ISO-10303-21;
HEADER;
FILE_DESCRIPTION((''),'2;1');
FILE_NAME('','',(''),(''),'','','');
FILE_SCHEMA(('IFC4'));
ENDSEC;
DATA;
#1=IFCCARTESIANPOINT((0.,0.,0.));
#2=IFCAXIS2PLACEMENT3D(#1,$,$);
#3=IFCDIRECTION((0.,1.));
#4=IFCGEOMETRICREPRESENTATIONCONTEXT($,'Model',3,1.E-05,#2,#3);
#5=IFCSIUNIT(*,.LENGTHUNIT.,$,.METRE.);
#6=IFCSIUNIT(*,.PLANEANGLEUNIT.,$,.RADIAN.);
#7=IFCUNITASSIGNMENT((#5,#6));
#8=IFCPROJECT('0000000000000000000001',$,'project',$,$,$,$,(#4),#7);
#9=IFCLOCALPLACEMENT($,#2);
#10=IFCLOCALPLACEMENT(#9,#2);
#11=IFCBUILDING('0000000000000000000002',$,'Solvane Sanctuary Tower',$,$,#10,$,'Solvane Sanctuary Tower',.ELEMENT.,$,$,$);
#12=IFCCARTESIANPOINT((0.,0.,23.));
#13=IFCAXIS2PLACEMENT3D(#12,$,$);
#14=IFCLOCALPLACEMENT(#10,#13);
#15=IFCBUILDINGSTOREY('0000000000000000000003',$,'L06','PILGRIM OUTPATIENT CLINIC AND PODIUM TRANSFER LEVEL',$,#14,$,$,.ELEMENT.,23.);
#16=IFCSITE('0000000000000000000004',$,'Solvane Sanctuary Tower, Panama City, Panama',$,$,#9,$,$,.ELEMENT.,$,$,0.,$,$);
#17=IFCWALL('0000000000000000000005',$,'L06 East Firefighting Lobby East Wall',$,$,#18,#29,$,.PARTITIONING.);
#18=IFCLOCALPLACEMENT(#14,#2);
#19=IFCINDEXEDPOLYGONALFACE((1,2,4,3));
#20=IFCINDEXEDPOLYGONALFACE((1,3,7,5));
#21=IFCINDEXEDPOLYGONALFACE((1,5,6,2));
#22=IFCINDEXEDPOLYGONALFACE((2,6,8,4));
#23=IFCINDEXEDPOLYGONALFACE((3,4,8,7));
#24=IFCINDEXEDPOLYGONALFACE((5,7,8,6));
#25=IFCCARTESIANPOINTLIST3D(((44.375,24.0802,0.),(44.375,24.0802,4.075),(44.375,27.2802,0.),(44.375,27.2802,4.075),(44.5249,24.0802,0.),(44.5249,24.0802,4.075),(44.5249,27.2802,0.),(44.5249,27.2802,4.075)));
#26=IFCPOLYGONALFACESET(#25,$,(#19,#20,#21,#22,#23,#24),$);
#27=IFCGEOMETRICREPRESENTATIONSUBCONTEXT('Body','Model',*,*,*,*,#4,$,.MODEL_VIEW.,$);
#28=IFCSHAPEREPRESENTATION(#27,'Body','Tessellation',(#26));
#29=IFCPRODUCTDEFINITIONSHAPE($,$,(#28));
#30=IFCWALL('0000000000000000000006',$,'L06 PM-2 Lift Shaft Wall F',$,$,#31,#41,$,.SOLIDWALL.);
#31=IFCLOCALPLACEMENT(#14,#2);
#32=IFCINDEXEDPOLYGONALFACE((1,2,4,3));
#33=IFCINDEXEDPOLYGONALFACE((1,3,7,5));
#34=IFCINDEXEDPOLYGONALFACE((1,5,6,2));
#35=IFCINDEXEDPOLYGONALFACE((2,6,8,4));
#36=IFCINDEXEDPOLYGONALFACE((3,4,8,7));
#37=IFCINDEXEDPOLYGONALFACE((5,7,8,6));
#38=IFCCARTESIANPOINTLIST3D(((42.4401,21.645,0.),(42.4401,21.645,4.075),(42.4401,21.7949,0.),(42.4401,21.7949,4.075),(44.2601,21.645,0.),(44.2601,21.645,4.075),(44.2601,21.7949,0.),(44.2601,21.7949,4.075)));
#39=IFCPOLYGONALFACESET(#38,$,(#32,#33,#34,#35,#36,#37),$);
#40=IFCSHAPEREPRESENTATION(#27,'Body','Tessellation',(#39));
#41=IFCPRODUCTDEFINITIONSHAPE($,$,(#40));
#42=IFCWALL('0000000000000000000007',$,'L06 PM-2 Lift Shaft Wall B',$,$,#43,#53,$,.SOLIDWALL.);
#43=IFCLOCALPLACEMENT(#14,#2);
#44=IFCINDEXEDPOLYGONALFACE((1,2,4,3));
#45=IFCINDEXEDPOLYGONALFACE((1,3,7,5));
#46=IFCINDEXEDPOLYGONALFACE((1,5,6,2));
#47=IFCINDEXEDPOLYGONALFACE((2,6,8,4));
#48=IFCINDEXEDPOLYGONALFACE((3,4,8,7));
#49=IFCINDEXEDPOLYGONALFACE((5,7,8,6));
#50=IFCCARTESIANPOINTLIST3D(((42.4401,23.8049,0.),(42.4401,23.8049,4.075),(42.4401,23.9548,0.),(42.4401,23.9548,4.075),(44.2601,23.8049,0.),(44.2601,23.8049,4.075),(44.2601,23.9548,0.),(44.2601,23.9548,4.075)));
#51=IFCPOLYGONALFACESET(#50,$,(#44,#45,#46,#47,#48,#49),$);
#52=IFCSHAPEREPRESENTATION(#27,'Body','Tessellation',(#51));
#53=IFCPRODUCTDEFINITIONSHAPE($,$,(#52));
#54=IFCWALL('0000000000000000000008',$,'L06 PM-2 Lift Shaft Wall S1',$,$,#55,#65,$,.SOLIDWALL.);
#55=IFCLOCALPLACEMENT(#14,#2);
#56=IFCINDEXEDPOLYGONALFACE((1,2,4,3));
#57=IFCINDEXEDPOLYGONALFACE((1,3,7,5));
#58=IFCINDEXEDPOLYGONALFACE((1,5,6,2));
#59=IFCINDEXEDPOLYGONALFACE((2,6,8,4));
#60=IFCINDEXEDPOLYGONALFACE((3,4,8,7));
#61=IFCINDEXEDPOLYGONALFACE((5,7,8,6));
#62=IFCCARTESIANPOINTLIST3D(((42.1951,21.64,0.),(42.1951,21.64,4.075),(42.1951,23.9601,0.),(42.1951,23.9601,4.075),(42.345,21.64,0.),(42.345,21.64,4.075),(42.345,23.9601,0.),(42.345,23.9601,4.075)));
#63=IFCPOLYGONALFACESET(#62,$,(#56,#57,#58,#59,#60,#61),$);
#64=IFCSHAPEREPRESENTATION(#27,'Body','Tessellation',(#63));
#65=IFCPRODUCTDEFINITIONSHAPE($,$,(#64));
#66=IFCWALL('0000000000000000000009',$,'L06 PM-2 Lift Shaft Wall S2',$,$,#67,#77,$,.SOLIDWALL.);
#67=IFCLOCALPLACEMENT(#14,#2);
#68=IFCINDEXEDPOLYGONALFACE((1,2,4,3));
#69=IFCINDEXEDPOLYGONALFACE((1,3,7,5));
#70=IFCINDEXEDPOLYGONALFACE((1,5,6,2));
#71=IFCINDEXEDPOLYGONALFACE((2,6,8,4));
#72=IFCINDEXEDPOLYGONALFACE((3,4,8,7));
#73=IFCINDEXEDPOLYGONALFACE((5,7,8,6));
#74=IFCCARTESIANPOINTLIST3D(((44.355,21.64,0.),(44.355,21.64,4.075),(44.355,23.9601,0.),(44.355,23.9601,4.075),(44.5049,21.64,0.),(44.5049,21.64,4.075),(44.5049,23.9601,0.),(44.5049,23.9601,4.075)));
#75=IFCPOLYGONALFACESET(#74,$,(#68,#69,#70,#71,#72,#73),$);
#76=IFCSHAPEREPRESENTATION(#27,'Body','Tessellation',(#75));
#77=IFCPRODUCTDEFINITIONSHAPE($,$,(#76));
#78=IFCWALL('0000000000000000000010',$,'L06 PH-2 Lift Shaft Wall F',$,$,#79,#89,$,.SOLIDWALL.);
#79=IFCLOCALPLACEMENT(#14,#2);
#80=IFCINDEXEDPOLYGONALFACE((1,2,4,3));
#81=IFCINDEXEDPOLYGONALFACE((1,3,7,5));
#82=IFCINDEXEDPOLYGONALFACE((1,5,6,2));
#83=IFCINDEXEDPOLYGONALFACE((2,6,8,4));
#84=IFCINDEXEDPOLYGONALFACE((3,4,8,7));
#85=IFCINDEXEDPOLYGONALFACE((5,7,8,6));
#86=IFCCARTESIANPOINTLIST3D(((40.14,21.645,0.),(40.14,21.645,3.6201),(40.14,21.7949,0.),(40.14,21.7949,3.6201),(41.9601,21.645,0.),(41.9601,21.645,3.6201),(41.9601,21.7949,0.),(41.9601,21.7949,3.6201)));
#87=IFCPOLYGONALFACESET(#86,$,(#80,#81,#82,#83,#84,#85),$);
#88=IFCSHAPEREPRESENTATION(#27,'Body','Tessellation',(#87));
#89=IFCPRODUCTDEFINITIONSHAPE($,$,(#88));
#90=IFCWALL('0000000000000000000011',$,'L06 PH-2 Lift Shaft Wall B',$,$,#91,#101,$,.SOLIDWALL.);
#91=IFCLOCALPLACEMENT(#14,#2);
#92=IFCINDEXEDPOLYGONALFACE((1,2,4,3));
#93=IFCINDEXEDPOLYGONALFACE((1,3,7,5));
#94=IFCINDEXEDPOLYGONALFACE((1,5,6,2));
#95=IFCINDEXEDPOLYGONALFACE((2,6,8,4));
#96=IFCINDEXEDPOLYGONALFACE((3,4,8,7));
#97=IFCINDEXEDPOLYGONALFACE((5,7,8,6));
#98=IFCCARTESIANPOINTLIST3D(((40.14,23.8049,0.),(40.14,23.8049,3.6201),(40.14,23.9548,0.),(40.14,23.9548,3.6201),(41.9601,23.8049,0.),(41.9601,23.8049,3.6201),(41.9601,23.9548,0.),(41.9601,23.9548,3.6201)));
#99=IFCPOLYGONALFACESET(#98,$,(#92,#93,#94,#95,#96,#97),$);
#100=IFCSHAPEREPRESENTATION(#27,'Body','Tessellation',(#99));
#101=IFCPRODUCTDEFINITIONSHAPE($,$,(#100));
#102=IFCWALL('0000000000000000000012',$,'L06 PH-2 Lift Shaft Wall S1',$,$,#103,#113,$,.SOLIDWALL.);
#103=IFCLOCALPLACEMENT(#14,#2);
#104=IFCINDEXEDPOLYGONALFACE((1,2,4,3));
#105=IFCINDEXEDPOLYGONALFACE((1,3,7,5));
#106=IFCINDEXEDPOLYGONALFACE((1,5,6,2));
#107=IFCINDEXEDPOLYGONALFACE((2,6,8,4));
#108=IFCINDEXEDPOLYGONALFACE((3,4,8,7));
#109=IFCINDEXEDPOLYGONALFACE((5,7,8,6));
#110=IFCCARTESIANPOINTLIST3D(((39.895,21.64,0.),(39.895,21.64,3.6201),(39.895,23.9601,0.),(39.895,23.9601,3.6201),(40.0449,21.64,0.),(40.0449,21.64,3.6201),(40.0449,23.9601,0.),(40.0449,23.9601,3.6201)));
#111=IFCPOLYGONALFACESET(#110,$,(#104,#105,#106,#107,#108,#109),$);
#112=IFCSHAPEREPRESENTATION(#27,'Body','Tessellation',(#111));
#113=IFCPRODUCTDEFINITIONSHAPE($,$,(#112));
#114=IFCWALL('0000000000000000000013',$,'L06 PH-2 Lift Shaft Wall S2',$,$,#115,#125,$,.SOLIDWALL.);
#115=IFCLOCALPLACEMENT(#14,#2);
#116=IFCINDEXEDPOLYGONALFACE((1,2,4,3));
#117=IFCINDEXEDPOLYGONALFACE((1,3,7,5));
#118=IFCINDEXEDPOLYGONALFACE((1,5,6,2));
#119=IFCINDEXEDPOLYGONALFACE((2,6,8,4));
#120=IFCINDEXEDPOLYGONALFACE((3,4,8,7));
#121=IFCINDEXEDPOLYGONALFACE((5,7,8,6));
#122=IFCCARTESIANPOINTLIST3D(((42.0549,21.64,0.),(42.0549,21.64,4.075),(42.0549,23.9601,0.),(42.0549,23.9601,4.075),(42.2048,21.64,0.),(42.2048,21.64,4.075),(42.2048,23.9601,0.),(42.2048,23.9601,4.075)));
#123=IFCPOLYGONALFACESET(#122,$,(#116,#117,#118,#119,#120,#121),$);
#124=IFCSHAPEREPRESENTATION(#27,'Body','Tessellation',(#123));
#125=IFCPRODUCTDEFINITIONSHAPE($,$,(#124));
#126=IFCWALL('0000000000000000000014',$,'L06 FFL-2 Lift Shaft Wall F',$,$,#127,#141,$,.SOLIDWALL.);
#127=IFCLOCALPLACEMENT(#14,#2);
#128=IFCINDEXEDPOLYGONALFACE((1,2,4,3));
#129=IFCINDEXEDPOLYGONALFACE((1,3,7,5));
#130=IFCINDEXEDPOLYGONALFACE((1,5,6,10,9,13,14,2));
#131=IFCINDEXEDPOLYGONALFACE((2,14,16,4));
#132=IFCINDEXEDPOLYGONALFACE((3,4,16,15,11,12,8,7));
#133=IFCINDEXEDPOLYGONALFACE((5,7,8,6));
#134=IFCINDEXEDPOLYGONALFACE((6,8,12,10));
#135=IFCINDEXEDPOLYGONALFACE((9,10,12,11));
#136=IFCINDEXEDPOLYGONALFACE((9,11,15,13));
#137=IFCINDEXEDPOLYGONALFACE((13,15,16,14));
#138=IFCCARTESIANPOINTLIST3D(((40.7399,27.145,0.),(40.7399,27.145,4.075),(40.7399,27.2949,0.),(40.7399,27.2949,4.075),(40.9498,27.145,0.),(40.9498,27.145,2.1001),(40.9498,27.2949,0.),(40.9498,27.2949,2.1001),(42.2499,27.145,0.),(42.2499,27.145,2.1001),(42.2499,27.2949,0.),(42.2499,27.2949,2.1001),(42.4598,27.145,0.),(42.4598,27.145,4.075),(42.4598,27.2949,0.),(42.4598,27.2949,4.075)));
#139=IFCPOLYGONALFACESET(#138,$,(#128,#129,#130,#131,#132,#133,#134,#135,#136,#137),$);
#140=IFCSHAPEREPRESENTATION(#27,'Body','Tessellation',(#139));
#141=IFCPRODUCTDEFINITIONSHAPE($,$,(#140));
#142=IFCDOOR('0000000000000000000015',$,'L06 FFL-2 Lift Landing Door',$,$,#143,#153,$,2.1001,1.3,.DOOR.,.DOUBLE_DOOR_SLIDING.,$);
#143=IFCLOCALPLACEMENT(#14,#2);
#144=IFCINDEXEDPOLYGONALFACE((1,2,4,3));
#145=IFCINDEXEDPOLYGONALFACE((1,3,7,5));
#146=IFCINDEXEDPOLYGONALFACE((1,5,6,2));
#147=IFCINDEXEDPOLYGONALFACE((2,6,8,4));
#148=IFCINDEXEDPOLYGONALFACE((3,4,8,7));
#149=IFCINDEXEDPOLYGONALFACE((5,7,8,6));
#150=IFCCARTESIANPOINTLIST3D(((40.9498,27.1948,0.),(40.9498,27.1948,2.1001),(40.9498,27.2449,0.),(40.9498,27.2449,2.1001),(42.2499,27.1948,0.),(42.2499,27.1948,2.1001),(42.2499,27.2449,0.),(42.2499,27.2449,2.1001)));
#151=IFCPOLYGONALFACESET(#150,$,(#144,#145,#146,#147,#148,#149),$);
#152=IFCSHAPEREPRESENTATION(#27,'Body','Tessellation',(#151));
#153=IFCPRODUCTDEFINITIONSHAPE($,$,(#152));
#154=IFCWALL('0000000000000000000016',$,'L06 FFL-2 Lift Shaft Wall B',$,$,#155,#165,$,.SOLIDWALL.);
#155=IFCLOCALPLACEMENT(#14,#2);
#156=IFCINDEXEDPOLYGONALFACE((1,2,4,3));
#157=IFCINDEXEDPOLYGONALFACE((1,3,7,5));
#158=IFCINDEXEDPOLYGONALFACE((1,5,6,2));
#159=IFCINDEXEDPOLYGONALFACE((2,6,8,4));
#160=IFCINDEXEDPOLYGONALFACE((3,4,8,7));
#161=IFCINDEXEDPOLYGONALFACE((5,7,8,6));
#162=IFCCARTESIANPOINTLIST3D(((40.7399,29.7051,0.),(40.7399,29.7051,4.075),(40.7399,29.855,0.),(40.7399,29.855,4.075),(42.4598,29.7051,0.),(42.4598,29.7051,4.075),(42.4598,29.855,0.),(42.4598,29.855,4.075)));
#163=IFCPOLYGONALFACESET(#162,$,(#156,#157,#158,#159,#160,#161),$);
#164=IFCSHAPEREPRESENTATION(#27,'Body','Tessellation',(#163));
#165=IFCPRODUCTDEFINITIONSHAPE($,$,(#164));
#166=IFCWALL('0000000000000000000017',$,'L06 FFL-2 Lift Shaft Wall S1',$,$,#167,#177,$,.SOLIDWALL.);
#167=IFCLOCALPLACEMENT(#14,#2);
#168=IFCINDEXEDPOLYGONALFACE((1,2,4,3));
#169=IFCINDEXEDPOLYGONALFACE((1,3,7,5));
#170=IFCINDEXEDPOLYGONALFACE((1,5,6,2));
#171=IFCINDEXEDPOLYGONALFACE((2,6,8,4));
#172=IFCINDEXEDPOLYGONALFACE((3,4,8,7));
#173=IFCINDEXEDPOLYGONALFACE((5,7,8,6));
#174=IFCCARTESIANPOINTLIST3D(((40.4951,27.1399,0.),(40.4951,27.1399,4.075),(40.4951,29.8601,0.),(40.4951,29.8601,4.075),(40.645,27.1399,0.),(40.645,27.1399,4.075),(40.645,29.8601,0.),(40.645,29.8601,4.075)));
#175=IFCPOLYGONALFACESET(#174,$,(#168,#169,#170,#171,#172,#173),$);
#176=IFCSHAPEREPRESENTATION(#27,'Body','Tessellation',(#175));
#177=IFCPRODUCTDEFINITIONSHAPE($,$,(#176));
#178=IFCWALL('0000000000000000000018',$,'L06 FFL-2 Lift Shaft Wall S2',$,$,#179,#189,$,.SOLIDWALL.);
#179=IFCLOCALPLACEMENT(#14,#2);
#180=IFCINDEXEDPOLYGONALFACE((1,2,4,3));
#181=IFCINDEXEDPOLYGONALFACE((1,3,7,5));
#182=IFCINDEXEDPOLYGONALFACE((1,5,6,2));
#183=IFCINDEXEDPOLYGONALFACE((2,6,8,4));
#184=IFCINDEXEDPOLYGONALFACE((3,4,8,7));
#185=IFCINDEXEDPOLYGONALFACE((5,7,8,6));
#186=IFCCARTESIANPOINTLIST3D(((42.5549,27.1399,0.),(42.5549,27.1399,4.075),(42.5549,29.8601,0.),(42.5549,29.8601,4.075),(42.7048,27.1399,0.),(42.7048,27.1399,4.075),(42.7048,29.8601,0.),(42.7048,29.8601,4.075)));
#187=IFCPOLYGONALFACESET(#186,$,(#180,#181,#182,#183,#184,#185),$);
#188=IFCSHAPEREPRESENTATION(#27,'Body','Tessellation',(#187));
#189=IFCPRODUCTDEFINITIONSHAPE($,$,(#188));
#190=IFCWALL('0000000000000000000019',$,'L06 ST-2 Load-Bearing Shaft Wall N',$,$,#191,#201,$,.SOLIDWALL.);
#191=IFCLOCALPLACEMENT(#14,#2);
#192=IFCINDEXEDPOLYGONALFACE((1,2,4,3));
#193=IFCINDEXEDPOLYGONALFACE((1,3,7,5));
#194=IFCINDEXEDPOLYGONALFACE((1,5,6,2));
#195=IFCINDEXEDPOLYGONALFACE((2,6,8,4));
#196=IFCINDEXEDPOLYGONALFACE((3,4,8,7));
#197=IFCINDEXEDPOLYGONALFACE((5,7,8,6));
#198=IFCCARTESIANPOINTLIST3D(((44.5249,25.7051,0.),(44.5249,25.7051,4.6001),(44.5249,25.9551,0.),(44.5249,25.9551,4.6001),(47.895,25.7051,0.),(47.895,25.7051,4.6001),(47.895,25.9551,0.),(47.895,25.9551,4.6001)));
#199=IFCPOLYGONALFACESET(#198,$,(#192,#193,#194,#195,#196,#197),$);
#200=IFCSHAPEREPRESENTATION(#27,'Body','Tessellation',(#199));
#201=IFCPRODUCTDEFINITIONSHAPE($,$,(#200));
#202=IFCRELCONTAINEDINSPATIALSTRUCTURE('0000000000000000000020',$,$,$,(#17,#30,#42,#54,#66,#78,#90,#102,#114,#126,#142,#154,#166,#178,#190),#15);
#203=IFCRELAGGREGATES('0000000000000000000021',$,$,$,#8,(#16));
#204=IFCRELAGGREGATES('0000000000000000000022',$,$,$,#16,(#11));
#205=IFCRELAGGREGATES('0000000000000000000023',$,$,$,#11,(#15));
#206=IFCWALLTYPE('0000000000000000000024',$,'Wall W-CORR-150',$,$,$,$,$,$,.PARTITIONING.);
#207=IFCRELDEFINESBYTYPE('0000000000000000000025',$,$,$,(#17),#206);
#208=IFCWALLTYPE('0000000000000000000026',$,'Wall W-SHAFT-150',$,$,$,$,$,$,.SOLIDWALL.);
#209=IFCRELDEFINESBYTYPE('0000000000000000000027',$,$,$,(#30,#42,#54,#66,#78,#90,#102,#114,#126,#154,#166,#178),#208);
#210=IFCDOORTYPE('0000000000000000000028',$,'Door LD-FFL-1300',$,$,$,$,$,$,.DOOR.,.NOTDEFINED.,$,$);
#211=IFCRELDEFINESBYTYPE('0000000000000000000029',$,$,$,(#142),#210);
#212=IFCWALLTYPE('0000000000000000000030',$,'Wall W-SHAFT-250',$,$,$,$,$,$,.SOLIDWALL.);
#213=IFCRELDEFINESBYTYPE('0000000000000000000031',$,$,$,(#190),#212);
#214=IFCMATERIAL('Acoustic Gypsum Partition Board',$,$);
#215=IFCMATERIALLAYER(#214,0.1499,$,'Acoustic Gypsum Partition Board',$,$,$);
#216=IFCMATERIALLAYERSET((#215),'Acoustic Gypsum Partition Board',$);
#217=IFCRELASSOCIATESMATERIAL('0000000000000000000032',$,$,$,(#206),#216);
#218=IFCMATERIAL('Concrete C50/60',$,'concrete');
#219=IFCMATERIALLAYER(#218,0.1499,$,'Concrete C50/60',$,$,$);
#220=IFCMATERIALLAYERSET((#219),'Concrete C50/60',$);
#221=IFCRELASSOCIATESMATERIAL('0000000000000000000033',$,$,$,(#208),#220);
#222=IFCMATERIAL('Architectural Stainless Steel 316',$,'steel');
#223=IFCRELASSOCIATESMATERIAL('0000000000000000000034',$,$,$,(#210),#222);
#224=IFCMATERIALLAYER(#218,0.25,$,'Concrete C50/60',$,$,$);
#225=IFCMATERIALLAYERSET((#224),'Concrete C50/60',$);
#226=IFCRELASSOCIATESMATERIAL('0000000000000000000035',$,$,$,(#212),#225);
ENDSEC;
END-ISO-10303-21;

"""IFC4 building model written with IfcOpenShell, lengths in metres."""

from ifc_helpers import new_model, si_unit, direction, frame, frame_2d, origin, place, context, subcontext, project, spatial, rectangle, extrude, material, layer, layer_set, type_object, element, fill, save


model = new_model("IFC4")

# Units and contexts
model_context = context("Model", 3, precision=1e-05, world=origin(), true_north=direction((0.0, 1.0)))
body_context = subcontext(model_context, "Body", "Model", "MODEL_VIEW")
ifc_project = project(units=[si_unit("LENGTHUNIT", "METRE"), si_unit("PLANEANGLEUNIT", "RADIAN")], contexts=[model_context])

# Site, building, storey
site_placement = place(None, origin())
site = spatial("IfcSite", under=ifc_project, at=site_placement, Name="Solvane Sanctuary Tower, Panama City, Panama", CompositionType="ELEMENT", RefElevation=0.0)
building_placement = place(site_placement, origin())
building = spatial("IfcBuilding", under=site, at=building_placement, Name="Solvane Sanctuary Tower", LongName="Solvane Sanctuary Tower", CompositionType="ELEMENT")
storey_placement = place(building_placement, frame((0.0, 0.0, 23.0)))
storey = spatial("IfcBuildingStorey", under=building, at=storey_placement, Name="L06", Description="PILGRIM OUTPATIENT CLINIC AND PODIUM TRANSFER LEVEL", CompositionType="ELEMENT", Elevation=23.0)

# Walls
ifc_material_1 = material(Name="Acoustic Gypsum Partition Board")
ifc_layer_1 = layer(ifc_material_1, 0.1499, Name="Acoustic Gypsum Partition Board")
ifc_layer_set_1 = layer_set([ifc_layer_1], Name="Acoustic Gypsum Partition Board")
wall_type_1 = type_object("IfcWallType", Name="Wall W-CORR-150", PredefinedType="PARTITIONING", material=ifc_layer_set_1)
wall_1_placement = place(storey_placement, frame((44.45, 24.0801, 0.0), z_axis=(0.0, 0.0, 1.0), x_axis=(0.0, 1.0, 0.0)))
element("IfcWall", 1, at=wall_1_placement, inside=storey, type_object=wall_type_1, Name="L06 East Firefighting Lobby East Wall", PredefinedType="PARTITIONING", context=body_context, shape_type="SweptSolid", body=[
    extrude(rectangle(XDim=3.2, YDim=0.1499, at=frame_2d((1.6001, 0.0))), origin(), (0.0, 0.0, 1.0), 4.075),
])
ifc_material_2 = material(Name="Concrete C50/60", Category="concrete")
ifc_layer_2 = layer(ifc_material_2, 0.1499, Name="Concrete C50/60")
ifc_layer_set_2 = layer_set([ifc_layer_2], Name="Concrete C50/60")
wall_type_2 = type_object("IfcWallType", Name="Wall W-SHAFT-150", PredefinedType="SOLIDWALL", material=ifc_layer_set_2)
for number, where, z_axis, x_axis, name in (
    (2, (42.4399, 21.72, 0.0), (0.0, 0.0, 1.0), (1.0, 0.0, 0.0), "L06 PM-2 Lift Shaft Wall F"),
    (3, (42.4399, 23.8799, 0.0), (0.0, 0.0, 1.0), (1.0, 0.0, 0.0), "L06 PM-2 Lift Shaft Wall B"),
):
    element("IfcWall", number, at=place(storey_placement, frame(where, z_axis=z_axis, x_axis=x_axis)), inside=storey, type_object=wall_type_2, Name=name, PredefinedType="SOLIDWALL", context=body_context, shape_type="SweptSolid", body=[
        extrude(rectangle(XDim=1.8201, YDim=0.1499, at=frame_2d((0.9102, 0.0))), origin(), (0.0, 0.0, 1.0), 4.075),
    ])
for number, where, z_axis, x_axis, name in (
    (4, (42.27, 21.6399, 0.0), (0.0, 0.0, 1.0), (0.0, 1.0, 0.0), "L06 PM-2 Lift Shaft Wall S1"),
    (5, (44.4299, 21.6399, 0.0), (0.0, 0.0, 1.0), (0.0, 1.0, 0.0), "L06 PM-2 Lift Shaft Wall S2"),
):
    element("IfcWall", number, at=place(storey_placement, frame(where, z_axis=z_axis, x_axis=x_axis)), inside=storey, type_object=wall_type_2, Name=name, PredefinedType="SOLIDWALL", context=body_context, shape_type="SweptSolid", body=[
        extrude(rectangle(XDim=2.3201, YDim=0.1499, at=frame_2d((1.1602, 0.0))), origin(), (0.0, 0.0, 1.0), 4.075),
    ])
for number, where, z_axis, x_axis, name in (
    (6, (40.1399, 21.72, 0.0), (0.0, 0.0, 1.0), (1.0, 0.0, 0.0), "L06 PH-2 Lift Shaft Wall F"),
    (7, (40.1399, 23.8799, 0.0), (0.0, 0.0, 1.0), (1.0, 0.0, 0.0), "L06 PH-2 Lift Shaft Wall B"),
):
    element("IfcWall", number, at=place(storey_placement, frame(where, z_axis=z_axis, x_axis=x_axis)), inside=storey, type_object=wall_type_2, Name=name, PredefinedType="SOLIDWALL", context=body_context, shape_type="SweptSolid", body=[
        extrude(rectangle(XDim=1.8201, YDim=0.1499, at=frame_2d((0.9102, 0.0))), origin(), (0.0, 0.0, 1.0), 3.6201),
    ])
wall_2_placement = place(storey_placement, frame((39.97, 21.6399, 0.0), z_axis=(0.0, 0.0, 1.0), x_axis=(0.0, 1.0, 0.0)))
element("IfcWall", 8, at=wall_2_placement, inside=storey, type_object=wall_type_2, Name="L06 PH-2 Lift Shaft Wall S1", PredefinedType="SOLIDWALL", context=body_context, shape_type="SweptSolid", body=[
    extrude(rectangle(XDim=2.3201, YDim=0.1499, at=frame_2d((1.1602, 0.0))), origin(), (0.0, 0.0, 1.0), 3.6201),
])
wall_3_placement = place(storey_placement, frame((42.1299, 21.6399, 0.0), z_axis=(0.0, 0.0, 1.0), x_axis=(0.0, 1.0, 0.0)))
element("IfcWall", 9, at=wall_3_placement, inside=storey, type_object=wall_type_2, Name="L06 PH-2 Lift Shaft Wall S2", PredefinedType="SOLIDWALL", context=body_context, shape_type="SweptSolid", body=[
    extrude(rectangle(XDim=2.3201, YDim=0.1499, at=frame_2d((1.1602, 0.0))), origin(), (0.0, 0.0, 1.0), 4.075),
])

# Wall, opening, door
wall_4_placement = place(storey_placement, frame((40.74, 27.22, 0.0), z_axis=(0.0, 0.0, 1.0), x_axis=(1.0, 0.0, 0.0)))
wall_4 = element("IfcWall", 10, at=wall_4_placement, inside=storey, type_object=wall_type_2, Name="L06 FFL-2 Lift Shaft Wall F", PredefinedType="SOLIDWALL", context=body_context, shape_type="SweptSolid", body=[
    extrude(rectangle(XDim=1.72, YDim=0.1499, at=frame_2d((0.8599, 0.0))), origin(), (0.0, 0.0, 1.0), 4.075),
])
opening_1_placement = place(wall_4_placement, frame((0.21, 0.0, 0.0)))
opening_1 = element("IfcOpeningElement", 11, at=opening_1_placement, cuts=wall_4, PredefinedType="OPENING", context=body_context, shape_type="SweptSolid", body=[
    extrude(rectangle(XDim=1.3, YDim=2.1001, at=frame_2d((0.6499, 1.05))), frame((0.0, 0.085, 0.0), z_axis=(0.0, -1.0, 0.0), x_axis=(1.0, 0.0, 0.0)), (0.0, 0.0, 1.0), 0.1699),
])
ifc_material_3 = material(Name="Architectural Stainless Steel 316", Category="steel")
door_type_1 = type_object("IfcDoorType", Name="Door LD-FFL-1300", OperationType="NOTDEFINED", PredefinedType="DOOR", material=ifc_material_3)
door_1_placement = place(opening_1_placement, origin())
door_1 = element("IfcDoor", 12, at=door_1_placement, inside=storey, type_object=door_type_1, Name="L06 FFL-2 Lift Landing Door", OperationType="DOUBLE_DOOR_SLIDING", OverallHeight=2.1001, OverallWidth=1.3, PredefinedType="DOOR", context=body_context, shape_type="SweptSolid", body=[
    extrude(rectangle(XDim=1.3, YDim=2.1001, at=frame_2d((0.6499, 1.05))), frame((0.0, 0.0249, 0.0), z_axis=(0.0, -1.0, 0.0), x_axis=(1.0, 0.0, 0.0)), (0.0, 0.0, 1.0), 0.05),
])
fill(opening_1, door_1)

# Walls
wall_5_placement = place(storey_placement, frame((40.74, 29.78, 0.0), z_axis=(0.0, 0.0, 1.0), x_axis=(1.0, 0.0, 0.0)))
element("IfcWall", 13, at=wall_5_placement, inside=storey, type_object=wall_type_2, Name="L06 FFL-2 Lift Shaft Wall B", PredefinedType="SOLIDWALL", context=body_context, shape_type="SweptSolid", body=[
    extrude(rectangle(XDim=1.72, YDim=0.1499, at=frame_2d((0.8599, 0.0))), origin(), (0.0, 0.0, 1.0), 4.075),
])
for number, where, z_axis, x_axis, name in (
    (14, (40.5701, 27.1399, 0.0), (0.0, 0.0, 1.0), (0.0, 1.0, 0.0), "L06 FFL-2 Lift Shaft Wall S1"),
    (15, (42.6299, 27.1399, 0.0), (0.0, 0.0, 1.0), (0.0, 1.0, 0.0), "L06 FFL-2 Lift Shaft Wall S2"),
):
    element("IfcWall", number, at=place(storey_placement, frame(where, z_axis=z_axis, x_axis=x_axis)), inside=storey, type_object=wall_type_2, Name=name, PredefinedType="SOLIDWALL", context=body_context, shape_type="SweptSolid", body=[
        extrude(rectangle(XDim=2.7202, YDim=0.1499, at=frame_2d((1.3601, 0.0))), origin(), (0.0, 0.0, 1.0), 4.075),
    ])
ifc_layer_3 = layer(ifc_material_2, 0.25, Name="Concrete C50/60")
ifc_layer_set_3 = layer_set([ifc_layer_3], Name="Concrete C50/60")
wall_type_3 = type_object("IfcWallType", Name="Wall W-SHAFT-250", PredefinedType="SOLIDWALL", material=ifc_layer_set_3)
wall_6_placement = place(storey_placement, frame((44.5249, 25.8301, 0.0), z_axis=(0.0, 0.0, 1.0), x_axis=(1.0, 0.0, 0.0)))
element("IfcWall", 16, at=wall_6_placement, inside=storey, type_object=wall_type_3, Name="L06 ST-2 Load-Bearing Shaft Wall N", PredefinedType="SOLIDWALL", context=body_context, shape_type="SweptSolid", body=[
    extrude(rectangle(XDim=3.3701, YDim=0.25, at=frame_2d((1.6851, 0.0))), origin(), (0.0, 0.0, 1.0), 4.6001),
])

save(model, "model.ifc")
